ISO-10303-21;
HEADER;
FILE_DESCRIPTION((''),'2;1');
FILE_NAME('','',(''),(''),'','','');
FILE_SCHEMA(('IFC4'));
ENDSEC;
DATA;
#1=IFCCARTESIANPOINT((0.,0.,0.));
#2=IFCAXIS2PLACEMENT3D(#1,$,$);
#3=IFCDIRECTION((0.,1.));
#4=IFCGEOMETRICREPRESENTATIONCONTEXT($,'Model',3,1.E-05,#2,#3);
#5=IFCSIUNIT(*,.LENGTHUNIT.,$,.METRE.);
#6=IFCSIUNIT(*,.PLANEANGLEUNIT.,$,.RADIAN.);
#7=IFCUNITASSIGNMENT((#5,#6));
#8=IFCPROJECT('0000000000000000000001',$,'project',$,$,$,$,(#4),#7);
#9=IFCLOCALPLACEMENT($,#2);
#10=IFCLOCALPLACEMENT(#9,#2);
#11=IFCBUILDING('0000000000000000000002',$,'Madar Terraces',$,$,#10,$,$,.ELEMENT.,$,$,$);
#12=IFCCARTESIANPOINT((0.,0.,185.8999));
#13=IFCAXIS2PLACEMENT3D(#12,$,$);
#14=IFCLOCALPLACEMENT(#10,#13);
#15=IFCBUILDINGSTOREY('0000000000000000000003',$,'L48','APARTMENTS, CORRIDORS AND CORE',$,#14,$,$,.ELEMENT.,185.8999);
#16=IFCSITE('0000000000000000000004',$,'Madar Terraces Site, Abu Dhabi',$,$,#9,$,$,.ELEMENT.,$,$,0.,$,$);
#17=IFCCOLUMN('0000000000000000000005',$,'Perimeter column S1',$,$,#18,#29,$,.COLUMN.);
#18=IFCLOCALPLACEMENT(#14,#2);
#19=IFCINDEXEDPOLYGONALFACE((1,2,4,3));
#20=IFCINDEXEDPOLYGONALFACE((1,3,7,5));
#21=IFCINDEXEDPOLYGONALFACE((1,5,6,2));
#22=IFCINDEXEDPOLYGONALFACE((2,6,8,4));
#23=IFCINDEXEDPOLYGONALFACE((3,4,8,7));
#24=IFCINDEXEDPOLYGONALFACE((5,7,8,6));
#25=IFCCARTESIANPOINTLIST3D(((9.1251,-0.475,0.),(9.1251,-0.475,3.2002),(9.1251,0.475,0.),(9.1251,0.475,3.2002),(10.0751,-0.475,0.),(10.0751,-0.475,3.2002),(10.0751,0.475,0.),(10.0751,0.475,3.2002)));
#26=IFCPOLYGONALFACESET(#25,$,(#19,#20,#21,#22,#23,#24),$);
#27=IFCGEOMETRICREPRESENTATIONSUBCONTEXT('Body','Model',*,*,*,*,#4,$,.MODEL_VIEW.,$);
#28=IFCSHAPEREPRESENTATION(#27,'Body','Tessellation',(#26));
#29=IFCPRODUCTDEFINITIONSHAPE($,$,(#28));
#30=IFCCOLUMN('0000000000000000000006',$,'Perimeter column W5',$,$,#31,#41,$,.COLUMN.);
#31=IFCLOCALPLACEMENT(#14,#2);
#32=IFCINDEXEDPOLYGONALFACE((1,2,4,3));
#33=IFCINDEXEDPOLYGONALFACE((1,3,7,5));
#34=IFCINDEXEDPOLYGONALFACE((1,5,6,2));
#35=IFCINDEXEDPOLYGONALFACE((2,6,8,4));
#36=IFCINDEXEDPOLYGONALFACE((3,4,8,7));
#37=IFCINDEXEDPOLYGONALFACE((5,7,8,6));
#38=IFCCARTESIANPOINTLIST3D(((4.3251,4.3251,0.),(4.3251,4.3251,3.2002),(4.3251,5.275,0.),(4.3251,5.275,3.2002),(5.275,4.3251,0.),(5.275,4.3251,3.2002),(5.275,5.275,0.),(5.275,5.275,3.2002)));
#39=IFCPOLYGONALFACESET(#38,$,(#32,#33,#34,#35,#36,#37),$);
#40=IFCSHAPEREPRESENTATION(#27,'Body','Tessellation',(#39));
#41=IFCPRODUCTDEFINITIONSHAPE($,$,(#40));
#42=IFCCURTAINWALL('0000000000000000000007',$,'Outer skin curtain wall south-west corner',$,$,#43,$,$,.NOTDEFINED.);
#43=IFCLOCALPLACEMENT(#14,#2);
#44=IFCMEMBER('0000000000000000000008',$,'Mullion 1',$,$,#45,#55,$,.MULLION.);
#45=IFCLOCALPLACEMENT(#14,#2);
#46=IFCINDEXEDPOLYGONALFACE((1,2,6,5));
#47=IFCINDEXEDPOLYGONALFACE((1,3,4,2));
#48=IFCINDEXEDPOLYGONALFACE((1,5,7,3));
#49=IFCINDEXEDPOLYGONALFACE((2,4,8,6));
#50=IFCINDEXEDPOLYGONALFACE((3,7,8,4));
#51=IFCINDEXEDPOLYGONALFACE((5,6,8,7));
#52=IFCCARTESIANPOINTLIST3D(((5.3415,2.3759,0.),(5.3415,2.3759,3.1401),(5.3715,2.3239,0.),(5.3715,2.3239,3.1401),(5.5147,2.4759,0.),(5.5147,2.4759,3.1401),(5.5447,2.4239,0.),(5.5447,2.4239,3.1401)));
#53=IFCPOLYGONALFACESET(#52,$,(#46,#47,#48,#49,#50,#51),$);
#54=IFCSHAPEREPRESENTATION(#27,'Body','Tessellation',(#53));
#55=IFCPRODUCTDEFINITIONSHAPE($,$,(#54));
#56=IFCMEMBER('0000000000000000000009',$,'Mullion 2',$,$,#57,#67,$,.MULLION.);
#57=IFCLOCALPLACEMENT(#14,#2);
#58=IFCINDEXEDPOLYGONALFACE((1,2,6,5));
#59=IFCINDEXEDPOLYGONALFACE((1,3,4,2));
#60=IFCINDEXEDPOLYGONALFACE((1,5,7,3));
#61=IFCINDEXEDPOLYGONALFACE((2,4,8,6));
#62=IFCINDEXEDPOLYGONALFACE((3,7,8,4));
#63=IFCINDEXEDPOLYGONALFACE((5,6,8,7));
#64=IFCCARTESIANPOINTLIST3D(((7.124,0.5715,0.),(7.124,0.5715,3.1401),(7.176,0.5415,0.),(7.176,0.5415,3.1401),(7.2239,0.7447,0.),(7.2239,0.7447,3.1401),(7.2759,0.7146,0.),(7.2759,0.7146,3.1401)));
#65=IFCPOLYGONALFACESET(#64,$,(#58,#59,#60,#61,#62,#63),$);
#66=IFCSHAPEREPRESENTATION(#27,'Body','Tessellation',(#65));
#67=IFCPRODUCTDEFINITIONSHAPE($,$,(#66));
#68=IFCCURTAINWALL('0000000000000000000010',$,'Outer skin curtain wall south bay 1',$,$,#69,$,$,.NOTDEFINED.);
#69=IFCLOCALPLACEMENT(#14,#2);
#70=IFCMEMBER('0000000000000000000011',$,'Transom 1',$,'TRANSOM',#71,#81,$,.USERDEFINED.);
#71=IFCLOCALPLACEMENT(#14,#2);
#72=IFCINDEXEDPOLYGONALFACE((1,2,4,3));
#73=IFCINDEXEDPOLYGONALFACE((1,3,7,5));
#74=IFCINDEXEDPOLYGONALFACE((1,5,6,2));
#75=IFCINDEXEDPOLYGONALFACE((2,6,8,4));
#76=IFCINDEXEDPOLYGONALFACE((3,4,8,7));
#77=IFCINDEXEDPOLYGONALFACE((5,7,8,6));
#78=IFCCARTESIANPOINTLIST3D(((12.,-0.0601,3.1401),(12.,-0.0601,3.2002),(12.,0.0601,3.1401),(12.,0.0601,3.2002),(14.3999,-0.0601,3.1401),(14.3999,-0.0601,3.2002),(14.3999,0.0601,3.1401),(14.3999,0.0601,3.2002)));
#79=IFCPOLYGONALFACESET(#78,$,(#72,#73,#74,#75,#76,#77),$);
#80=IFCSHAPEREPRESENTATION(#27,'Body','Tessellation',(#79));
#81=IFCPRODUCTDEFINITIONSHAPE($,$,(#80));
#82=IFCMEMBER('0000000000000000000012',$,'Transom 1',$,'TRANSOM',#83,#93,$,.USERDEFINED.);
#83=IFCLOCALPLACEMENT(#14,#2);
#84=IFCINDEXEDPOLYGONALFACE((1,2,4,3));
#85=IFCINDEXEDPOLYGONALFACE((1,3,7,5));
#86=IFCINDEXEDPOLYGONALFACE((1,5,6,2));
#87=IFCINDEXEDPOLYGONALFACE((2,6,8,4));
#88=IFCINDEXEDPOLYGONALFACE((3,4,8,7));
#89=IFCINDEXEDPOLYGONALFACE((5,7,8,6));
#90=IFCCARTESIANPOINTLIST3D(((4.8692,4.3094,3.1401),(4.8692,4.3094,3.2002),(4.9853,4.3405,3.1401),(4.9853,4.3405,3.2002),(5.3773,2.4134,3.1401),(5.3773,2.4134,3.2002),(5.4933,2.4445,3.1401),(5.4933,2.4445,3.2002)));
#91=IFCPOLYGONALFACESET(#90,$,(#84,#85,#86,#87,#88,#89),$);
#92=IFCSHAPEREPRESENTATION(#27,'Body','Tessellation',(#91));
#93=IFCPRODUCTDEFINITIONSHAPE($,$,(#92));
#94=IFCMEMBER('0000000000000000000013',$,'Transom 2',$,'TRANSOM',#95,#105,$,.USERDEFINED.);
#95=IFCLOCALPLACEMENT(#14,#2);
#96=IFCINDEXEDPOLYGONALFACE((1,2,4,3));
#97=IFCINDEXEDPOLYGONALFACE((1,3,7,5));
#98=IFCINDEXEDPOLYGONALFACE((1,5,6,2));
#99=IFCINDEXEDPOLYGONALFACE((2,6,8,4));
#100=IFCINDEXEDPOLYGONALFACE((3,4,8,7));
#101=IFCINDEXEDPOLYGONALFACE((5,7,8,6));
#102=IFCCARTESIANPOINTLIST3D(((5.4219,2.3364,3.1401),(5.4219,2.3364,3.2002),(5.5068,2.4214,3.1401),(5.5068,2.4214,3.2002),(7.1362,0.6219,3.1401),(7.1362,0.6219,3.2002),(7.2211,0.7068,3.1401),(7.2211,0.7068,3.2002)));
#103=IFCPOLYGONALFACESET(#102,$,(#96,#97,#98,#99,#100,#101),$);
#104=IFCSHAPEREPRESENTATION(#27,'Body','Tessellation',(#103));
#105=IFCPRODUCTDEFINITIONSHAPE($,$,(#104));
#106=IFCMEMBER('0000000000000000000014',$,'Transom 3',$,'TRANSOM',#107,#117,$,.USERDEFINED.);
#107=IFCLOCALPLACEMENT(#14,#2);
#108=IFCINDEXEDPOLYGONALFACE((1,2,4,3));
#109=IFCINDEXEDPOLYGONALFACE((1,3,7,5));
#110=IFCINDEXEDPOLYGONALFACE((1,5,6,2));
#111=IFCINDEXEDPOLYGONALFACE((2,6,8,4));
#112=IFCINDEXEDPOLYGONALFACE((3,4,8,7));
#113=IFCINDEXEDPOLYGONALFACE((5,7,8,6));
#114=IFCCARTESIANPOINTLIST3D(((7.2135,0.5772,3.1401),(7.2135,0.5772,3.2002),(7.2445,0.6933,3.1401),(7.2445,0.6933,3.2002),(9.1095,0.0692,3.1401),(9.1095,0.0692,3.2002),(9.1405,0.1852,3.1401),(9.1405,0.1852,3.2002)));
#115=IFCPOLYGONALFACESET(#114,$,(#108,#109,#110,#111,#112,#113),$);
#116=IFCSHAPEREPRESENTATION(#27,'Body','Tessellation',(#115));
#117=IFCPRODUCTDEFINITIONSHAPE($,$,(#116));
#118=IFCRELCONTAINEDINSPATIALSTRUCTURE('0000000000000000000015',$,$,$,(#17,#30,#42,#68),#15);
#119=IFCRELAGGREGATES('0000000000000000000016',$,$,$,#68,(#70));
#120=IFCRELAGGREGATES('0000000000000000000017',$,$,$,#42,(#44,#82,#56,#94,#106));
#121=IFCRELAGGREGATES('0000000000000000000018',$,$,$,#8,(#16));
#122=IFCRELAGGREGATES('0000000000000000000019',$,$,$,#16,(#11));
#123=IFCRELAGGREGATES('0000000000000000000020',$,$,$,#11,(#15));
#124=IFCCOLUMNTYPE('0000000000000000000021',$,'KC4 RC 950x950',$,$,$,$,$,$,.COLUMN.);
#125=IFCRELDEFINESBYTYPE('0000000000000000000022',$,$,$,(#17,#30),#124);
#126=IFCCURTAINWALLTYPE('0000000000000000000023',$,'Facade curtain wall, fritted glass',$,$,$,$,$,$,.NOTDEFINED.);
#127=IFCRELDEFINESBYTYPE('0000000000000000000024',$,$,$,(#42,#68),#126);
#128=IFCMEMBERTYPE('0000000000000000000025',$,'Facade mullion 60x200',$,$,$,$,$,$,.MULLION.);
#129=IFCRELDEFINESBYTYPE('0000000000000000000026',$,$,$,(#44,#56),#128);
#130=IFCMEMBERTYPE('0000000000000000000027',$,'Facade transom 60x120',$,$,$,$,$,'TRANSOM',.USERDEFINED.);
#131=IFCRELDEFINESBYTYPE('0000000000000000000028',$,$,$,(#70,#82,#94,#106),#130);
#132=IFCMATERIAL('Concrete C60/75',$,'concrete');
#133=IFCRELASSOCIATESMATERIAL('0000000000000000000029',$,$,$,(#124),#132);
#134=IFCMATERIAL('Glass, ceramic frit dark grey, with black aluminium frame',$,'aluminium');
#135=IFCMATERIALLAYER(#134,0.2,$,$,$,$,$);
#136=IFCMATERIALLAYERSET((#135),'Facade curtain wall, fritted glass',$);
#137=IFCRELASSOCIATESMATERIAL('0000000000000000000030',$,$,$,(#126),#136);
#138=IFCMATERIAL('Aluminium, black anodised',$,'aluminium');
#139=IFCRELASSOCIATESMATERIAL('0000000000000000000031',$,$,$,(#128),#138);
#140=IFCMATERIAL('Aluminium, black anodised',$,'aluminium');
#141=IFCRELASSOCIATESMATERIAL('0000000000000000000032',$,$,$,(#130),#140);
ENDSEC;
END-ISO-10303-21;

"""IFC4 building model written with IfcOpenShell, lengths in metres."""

from ifc_helpers import new_model, si_unit, direction, frame, origin, origin_2d, place, context, subcontext, project, spatial, rectangle, extrude, material, layer, layer_set, material_profile, profile_set, type_object, element, aggregate, save


model = new_model("IFC4")

# Units and contexts
model_context = context("Model", 3, precision=1e-05, world=origin(), true_north=direction((0.0, 1.0)))
body_context = subcontext(model_context, "Body", "Model", "MODEL_VIEW")
ifc_project = project(units=[si_unit("LENGTHUNIT", "METRE"), si_unit("PLANEANGLEUNIT", "RADIAN")], contexts=[model_context])

# Site, building, storey
site_placement = place(None, origin())
site = spatial("IfcSite", under=ifc_project, at=site_placement, Name="Madar Terraces Site, Abu Dhabi", CompositionType="ELEMENT", RefElevation=0.0)
building_placement = place(site_placement, origin())
building = spatial("IfcBuilding", under=site, at=building_placement, Name="Madar Terraces", CompositionType="ELEMENT")
storey_placement = place(building_placement, frame((0.0, 0.0, 185.8999)))
storey = spatial("IfcBuildingStorey", under=building, at=storey_placement, Name="L48", Description="APARTMENTS, CORRIDORS AND CORE", CompositionType="ELEMENT", Elevation=185.8999)

# Columns
ifc_material_1 = material(Name="Concrete C60/75", Category="concrete")
ifc_material_profile_1 = material_profile(ifc_material_1, rectangle(XDim=0.95, YDim=0.95, at=origin_2d()), Name="KC4 RC 950x950")
ifc_profile_set_1 = profile_set([ifc_material_profile_1], Name="Concrete C60/75")
column_type = type_object("IfcColumnType", Name="KC4 RC 950x950", PredefinedType="COLUMN", material=ifc_profile_set_1)
for number, where, z_axis, x_axis, name in (
    (1, (9.6001, 0.0, 0.0), (0.0, 0.0, 1.0), (1.0, 0.0, 0.0), "Perimeter column S1"),
    (2, (4.8, 4.8, 0.0), (0.0, 0.0, 1.0), (1.0, 0.0, 0.0), "Perimeter column W5"),
):
    element("IfcColumn", number, at=place(storey_placement, frame(where, z_axis=z_axis, x_axis=x_axis)), inside=storey, type_object=column_type, Name=name, PredefinedType="COLUMN", context=body_context, shape_type="SweptSolid", body=[
        extrude(rectangle(XDim=0.95, YDim=0.95, at=origin_2d()), origin(), (0.0, 0.0, 1.0), 3.2002),
    ])

# Curtain wall, members
ifc_material_2 = material(Name="Glass, ceramic frit dark grey, with black aluminium frame", Category="aluminium")
ifc_layer_1 = layer(ifc_material_2, 0.2)
ifc_layer_set_1 = layer_set([ifc_layer_1], Name="Facade curtain wall, fritted glass")
curtain_wall_type = type_object("IfcCurtainWallType", Name="Facade curtain wall, fritted glass", PredefinedType="NOTDEFINED", material=ifc_layer_set_1)
curtain_wall_1_placement = place(storey_placement, origin())
curtain_wall_1 = element("IfcCurtainWall", 3, at=curtain_wall_1_placement, inside=storey, type_object=curtain_wall_type, Name="Outer skin curtain wall south-west corner", PredefinedType="NOTDEFINED")
ifc_material_3 = material(Name="Aluminium, black anodised", Category="aluminium")
ifc_material_profile_2 = material_profile(ifc_material_3, rectangle(XDim=0.2, YDim=0.0601, at=origin_2d()), Name="Facade mullion 60x200")
ifc_profile_set_2 = profile_set([ifc_material_profile_2], Name="Aluminium, black anodised")
member_type_1 = type_object("IfcMemberType", Name="Facade mullion 60x200", PredefinedType="MULLION", material=ifc_profile_set_2)
member_1_placement = place(storey_placement, frame((5.4431, 2.3999, 0.0), z_axis=(0.0, 0.0, 1.0), x_axis=(0.866025, 0.5, 0.0)))
member_1 = element("IfcMember", 4, at=member_1_placement, type_object=member_type_1, Name="Mullion 1", PredefinedType="MULLION", context=body_context, shape_type="SweptSolid", body=[
    extrude(rectangle(XDim=0.2, YDim=0.0601, at=origin_2d()), origin(), (0.0, 0.0, 1.0), 3.1401),
])
member_2_placement = place(storey_placement, frame((7.2, 0.6431, 0.0), z_axis=(0.0, 0.0, 1.0), x_axis=(0.5, 0.866025, 0.0)))
member_2 = element("IfcMember", 5, at=member_2_placement, type_object=member_type_1, Name="Mullion 2", PredefinedType="MULLION", context=body_context, shape_type="SweptSolid", body=[
    extrude(rectangle(XDim=0.2, YDim=0.0601, at=origin_2d()), origin(), (0.0, 0.0, 1.0), 3.1401),
])

# Curtain wall, member
curtain_wall_2_placement = place(storey_placement, origin())
curtain_wall_2 = element("IfcCurtainWall", 6, at=curtain_wall_2_placement, inside=storey, type_object=curtain_wall_type, Name="Outer skin curtain wall south bay 1", PredefinedType="NOTDEFINED")
ifc_material_4 = material(Name="Aluminium, black anodised", Category="aluminium")
ifc_material_profile_3 = material_profile(ifc_material_4, rectangle(XDim=0.1201, YDim=0.0601, at=origin_2d()), Name="Facade transom 60x120")
ifc_profile_set_3 = profile_set([ifc_material_profile_3], Name="Aluminium, black anodised")
member_type_2 = type_object("IfcMemberType", Name="Facade transom 60x120", ElementType="TRANSOM", PredefinedType="USERDEFINED", material=ifc_profile_set_3)
member_3_placement = place(storey_placement, frame((12.0, 0.0, 3.1702), z_axis=(1.0, 0.0, 0.0), x_axis=(0.0, 1.0, 0.0)))
member_3 = element("IfcMember", 7, at=member_3_placement, type_object=member_type_2, Name="Transom 1", ObjectType="TRANSOM", PredefinedType="USERDEFINED", context=body_context, shape_type="SweptSolid", body=[
    extrude(rectangle(XDim=0.1201, YDim=0.0601, at=origin_2d()), origin(), (0.0, 0.0, 1.0), 2.3999),
])

# Members
member_4_placement = place(storey_placement, frame((4.9272, 4.325, 3.1702), z_axis=(0.258831, -0.965923, 0.0), x_axis=(0.965923, 0.258831, 0.0)))
member_4 = element("IfcMember", 8, at=member_4_placement, type_object=member_type_2, Name="Transom 1", ObjectType="TRANSOM", PredefinedType="USERDEFINED", context=body_context, shape_type="SweptSolid", body=[
    extrude(rectangle(XDim=0.1201, YDim=0.0601, at=origin_2d()), origin(), (0.0, 0.0, 1.0), 1.9629),
])
member_5_placement = place(storey_placement, frame((5.4644, 2.3789, 3.1702), z_axis=(0.707056, -0.707157, 0.0), x_axis=(0.707157, 0.707056, 0.0)))
member_5 = element("IfcMember", 9, at=member_5_placement, type_object=member_type_2, Name="Transom 2", ObjectType="TRANSOM", PredefinedType="USERDEFINED", context=body_context, shape_type="SweptSolid", body=[
    extrude(rectangle(XDim=0.1201, YDim=0.0601, at=origin_2d()), origin(), (0.0, 0.0, 1.0), 2.4246),
])
member_6_placement = place(storey_placement, frame((7.229, 0.6353, 3.1702), z_axis=(0.965923, -0.258831, 0.0), x_axis=(0.258831, 0.965923, 0.0)))
member_6 = element("IfcMember", 10, at=member_6_placement, type_object=member_type_2, Name="Transom 3", ObjectType="TRANSOM", PredefinedType="USERDEFINED", context=body_context, shape_type="SweptSolid", body=[
    extrude(rectangle(XDim=0.1201, YDim=0.0601, at=origin_2d()), origin(), (0.0, 0.0, 1.0), 1.9629),
])

aggregate(curtain_wall_2, [member_3])
aggregate(curtain_wall_1, [member_1, member_4, member_2, member_5, member_6])

save(model, "model.ifc")
